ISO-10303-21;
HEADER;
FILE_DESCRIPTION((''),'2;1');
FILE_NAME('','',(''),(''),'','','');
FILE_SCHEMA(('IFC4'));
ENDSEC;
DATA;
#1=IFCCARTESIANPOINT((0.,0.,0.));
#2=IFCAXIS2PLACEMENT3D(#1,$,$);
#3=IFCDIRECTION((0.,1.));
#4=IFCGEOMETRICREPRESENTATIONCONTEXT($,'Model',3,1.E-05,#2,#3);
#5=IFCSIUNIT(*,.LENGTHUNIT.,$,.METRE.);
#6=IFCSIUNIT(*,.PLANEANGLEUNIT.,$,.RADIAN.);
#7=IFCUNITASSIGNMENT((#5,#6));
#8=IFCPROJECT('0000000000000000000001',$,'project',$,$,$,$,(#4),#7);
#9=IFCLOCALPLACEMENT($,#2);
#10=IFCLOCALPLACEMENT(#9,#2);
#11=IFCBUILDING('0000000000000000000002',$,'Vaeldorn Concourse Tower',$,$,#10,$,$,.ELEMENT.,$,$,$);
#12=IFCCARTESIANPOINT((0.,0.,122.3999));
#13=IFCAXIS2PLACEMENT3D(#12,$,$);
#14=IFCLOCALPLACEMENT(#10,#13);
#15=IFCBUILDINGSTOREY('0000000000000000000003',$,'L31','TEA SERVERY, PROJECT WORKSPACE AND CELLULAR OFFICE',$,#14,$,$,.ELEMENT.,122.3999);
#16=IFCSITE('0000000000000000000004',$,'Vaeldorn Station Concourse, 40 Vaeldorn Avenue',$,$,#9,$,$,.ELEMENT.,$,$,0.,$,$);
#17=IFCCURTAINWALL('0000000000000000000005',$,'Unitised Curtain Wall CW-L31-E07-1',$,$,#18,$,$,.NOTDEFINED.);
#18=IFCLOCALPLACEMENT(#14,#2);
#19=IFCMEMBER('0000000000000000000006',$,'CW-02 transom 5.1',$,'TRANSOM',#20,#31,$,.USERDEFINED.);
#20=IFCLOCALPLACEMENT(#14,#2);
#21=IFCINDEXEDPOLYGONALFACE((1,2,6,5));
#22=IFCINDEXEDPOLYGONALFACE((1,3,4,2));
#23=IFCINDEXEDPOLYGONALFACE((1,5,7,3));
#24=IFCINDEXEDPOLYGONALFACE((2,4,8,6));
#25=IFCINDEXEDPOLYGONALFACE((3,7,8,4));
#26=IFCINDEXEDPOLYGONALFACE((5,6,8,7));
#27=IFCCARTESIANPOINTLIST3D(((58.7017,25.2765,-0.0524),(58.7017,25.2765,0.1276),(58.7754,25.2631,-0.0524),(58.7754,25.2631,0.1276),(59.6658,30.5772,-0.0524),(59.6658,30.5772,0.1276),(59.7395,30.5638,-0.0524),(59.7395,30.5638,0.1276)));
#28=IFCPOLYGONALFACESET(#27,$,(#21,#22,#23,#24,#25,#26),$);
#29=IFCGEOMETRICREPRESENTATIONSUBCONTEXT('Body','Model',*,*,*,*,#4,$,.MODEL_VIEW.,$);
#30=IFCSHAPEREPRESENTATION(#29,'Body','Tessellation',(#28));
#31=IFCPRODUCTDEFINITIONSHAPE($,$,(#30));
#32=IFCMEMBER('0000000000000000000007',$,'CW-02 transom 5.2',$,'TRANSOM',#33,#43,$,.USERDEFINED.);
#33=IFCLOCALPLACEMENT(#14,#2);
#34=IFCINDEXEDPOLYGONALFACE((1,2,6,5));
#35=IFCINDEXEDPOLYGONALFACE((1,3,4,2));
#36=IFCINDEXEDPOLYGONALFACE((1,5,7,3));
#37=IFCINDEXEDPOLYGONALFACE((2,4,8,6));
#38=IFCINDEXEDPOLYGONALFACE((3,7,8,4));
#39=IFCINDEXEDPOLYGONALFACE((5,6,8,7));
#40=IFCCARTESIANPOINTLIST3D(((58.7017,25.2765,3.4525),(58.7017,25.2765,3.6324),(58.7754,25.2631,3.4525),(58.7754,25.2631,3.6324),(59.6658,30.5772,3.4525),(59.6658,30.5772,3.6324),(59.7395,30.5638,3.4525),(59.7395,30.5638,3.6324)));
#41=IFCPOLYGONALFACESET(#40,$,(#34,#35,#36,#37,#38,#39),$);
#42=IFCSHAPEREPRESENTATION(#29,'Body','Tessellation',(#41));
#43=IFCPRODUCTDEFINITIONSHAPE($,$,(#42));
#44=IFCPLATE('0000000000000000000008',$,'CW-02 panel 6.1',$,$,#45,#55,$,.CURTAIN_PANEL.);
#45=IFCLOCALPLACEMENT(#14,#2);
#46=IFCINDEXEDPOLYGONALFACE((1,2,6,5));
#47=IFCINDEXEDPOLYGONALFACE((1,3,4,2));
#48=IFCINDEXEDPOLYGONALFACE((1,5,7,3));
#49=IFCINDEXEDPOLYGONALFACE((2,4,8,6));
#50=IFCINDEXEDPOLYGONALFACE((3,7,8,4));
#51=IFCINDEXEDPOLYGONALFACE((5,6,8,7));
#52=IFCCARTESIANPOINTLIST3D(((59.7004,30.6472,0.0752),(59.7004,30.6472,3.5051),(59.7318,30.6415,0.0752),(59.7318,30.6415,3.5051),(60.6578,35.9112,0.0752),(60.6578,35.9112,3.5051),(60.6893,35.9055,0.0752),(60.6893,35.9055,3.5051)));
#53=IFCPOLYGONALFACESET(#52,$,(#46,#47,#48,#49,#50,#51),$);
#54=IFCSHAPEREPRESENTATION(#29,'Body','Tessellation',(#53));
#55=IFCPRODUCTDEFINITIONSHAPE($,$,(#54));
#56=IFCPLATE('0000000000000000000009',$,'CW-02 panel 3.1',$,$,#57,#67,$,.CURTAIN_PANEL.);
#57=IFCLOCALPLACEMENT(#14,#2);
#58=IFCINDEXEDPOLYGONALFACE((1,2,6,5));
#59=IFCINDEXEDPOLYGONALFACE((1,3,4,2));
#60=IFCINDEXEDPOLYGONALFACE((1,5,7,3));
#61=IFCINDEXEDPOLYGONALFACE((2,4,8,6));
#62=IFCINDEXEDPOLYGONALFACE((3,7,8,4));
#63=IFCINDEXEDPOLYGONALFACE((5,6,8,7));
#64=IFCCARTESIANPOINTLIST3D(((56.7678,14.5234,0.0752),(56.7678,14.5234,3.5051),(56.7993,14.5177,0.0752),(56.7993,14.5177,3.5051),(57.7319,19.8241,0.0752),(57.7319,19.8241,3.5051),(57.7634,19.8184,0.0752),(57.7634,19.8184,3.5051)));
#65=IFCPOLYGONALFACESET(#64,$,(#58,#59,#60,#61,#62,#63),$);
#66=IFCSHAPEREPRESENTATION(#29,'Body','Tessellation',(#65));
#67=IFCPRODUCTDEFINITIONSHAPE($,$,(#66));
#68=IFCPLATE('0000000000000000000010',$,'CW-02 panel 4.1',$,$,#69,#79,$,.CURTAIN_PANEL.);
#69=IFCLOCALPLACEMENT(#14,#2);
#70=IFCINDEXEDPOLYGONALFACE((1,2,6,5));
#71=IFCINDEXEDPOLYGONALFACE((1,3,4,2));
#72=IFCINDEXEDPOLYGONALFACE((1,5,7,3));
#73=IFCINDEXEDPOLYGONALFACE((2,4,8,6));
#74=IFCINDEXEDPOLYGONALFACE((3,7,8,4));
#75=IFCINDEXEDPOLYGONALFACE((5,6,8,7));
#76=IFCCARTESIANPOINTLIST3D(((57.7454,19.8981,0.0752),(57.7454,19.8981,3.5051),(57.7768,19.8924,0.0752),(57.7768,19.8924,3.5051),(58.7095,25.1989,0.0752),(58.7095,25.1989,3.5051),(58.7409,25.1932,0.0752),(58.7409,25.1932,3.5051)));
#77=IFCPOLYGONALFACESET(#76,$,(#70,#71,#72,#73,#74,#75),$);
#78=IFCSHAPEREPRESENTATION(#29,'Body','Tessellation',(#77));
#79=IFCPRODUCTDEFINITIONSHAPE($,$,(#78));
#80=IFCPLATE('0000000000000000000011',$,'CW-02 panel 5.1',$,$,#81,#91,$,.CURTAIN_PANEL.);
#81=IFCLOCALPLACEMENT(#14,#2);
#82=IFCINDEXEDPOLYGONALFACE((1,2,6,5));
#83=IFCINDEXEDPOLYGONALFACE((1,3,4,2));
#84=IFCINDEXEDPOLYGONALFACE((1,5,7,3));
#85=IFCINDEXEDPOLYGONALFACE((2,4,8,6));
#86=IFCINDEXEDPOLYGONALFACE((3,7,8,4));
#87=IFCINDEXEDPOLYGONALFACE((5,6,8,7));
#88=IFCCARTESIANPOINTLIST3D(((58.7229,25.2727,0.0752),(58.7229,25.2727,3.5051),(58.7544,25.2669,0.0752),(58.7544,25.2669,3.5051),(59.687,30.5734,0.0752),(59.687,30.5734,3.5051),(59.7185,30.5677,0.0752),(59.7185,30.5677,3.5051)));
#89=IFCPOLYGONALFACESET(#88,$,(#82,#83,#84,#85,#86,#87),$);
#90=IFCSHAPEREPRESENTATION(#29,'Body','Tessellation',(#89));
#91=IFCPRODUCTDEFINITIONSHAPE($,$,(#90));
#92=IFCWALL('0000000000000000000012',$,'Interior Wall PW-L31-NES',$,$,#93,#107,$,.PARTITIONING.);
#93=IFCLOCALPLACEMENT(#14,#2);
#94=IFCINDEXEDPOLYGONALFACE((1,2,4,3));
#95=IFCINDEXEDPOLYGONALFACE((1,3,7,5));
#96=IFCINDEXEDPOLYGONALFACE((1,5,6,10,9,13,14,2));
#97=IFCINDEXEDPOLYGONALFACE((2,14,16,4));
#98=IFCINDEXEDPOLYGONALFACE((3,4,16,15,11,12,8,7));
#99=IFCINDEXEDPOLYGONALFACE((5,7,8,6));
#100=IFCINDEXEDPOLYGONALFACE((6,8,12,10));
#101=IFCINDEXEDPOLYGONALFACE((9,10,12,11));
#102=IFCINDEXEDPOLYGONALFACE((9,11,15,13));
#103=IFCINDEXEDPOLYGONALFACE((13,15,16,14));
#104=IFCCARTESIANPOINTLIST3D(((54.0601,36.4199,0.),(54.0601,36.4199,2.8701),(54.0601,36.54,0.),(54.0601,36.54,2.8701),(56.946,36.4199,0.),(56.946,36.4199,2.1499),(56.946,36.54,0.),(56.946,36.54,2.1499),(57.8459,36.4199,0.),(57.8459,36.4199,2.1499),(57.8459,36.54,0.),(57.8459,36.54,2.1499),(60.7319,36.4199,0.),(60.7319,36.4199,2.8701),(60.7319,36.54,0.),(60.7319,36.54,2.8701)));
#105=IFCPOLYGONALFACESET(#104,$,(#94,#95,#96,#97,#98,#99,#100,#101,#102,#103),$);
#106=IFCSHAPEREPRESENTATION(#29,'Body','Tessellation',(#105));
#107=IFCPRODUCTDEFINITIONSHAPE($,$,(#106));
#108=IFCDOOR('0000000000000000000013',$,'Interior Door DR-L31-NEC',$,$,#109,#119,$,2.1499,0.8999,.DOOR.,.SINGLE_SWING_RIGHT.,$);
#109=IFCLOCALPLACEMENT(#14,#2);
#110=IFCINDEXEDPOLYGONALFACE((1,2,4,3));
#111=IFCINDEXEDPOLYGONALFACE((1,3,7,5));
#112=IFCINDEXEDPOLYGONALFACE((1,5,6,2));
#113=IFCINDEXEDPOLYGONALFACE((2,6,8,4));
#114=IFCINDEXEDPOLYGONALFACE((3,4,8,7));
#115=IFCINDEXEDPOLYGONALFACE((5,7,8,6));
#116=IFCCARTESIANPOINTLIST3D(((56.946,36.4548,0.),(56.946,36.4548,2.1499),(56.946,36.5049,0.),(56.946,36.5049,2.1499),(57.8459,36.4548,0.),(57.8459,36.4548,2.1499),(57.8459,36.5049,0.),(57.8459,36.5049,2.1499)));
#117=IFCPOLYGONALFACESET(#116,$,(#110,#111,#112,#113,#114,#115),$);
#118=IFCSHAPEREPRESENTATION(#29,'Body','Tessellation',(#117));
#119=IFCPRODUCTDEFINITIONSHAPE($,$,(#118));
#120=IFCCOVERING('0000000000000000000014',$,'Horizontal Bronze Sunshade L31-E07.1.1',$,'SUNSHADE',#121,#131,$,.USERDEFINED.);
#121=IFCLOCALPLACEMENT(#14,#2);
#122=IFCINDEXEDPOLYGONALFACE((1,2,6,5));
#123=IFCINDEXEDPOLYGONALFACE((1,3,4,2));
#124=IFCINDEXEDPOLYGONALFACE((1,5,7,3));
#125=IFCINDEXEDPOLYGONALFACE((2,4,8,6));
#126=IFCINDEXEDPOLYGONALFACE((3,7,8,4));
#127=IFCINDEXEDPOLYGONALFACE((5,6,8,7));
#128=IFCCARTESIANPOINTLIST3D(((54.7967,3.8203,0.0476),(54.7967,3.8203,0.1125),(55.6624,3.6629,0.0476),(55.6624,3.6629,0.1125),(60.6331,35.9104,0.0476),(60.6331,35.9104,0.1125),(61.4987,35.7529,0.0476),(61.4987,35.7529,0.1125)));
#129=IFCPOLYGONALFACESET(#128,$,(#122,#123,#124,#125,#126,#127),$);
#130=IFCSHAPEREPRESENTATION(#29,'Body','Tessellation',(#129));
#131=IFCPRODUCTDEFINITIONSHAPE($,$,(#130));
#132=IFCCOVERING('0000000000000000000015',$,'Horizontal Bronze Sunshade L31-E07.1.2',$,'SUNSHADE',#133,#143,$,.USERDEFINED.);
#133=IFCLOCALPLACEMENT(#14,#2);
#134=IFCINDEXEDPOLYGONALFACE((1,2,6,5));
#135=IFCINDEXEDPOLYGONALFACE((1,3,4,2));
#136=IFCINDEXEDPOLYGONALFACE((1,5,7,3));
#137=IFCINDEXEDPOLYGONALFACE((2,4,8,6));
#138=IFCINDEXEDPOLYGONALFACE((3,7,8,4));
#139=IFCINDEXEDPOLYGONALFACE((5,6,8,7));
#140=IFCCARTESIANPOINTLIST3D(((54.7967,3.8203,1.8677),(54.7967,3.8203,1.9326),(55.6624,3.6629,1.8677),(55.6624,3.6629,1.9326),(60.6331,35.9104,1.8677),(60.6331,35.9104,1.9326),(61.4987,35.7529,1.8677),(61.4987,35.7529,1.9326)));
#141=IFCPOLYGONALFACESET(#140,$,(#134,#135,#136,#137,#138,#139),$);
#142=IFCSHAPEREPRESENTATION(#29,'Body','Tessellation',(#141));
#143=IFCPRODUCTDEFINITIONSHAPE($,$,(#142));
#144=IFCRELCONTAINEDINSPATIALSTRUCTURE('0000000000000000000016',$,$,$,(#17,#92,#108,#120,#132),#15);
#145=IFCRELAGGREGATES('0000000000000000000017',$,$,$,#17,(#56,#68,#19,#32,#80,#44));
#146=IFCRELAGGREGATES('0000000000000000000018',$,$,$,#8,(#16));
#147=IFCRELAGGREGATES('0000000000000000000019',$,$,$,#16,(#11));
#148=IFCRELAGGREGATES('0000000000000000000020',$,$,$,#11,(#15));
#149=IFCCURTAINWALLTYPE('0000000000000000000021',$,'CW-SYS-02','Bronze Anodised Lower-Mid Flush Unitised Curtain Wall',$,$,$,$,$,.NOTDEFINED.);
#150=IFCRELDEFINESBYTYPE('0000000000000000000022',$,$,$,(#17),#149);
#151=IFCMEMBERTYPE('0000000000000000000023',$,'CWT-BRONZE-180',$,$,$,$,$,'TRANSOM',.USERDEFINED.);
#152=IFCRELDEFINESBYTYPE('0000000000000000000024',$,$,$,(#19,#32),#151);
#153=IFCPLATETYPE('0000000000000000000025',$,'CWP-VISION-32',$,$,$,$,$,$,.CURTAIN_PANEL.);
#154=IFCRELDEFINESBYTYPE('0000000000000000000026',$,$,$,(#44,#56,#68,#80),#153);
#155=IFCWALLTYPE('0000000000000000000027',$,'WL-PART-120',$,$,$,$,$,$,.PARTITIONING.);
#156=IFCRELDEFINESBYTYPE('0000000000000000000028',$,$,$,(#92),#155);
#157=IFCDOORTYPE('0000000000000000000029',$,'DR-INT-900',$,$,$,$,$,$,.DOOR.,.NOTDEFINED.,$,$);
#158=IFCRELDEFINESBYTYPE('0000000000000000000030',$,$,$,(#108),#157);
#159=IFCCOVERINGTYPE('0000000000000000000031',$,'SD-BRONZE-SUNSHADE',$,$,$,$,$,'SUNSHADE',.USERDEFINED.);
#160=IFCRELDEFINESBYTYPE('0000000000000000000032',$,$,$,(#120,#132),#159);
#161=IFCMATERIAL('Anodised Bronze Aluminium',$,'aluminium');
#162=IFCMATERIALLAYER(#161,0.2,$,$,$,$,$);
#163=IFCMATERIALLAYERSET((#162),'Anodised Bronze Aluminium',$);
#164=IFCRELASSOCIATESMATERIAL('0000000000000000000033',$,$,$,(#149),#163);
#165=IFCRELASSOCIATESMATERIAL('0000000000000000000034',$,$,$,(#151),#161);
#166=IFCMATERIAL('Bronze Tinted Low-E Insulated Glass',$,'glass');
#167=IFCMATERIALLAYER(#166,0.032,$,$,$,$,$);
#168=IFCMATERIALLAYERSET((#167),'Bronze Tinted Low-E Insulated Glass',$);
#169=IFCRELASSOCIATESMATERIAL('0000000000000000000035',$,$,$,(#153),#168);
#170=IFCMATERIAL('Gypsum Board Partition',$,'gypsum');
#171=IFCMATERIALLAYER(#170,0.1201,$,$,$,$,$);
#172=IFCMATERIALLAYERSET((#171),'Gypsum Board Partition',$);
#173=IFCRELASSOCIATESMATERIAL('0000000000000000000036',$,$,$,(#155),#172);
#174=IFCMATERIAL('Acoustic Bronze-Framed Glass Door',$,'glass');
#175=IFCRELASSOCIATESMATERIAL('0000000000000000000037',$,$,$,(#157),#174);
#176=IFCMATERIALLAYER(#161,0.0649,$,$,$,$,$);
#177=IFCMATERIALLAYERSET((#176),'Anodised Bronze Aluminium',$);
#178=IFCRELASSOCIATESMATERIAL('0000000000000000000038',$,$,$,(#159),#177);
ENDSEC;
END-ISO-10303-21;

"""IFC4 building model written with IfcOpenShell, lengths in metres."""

from ifc_helpers import new_model, si_unit, direction, frame, frame_2d, origin, origin_2d, place, context, subcontext, project, spatial, rectangle, extrude, source, transform, mapped, material, layer, layer_set, material_profile, profile_set, type_object, element, fill, aggregate, save


model = new_model("IFC4")

# Units and contexts
model_context = context("Model", 3, precision=1e-05, world=origin(), true_north=direction((0.0, 1.0)))
body_context = subcontext(model_context, "Body", "Model", "MODEL_VIEW")
ifc_project = project(units=[si_unit("LENGTHUNIT", "METRE"), si_unit("PLANEANGLEUNIT", "RADIAN")], contexts=[model_context])

# Site, building, storey
site_placement = place(None, origin())
site = spatial("IfcSite", under=ifc_project, at=site_placement, Name="Vaeldorn Station Concourse, 40 Vaeldorn Avenue", CompositionType="ELEMENT", RefElevation=0.0)
building_placement = place(site_placement, origin())
building = spatial("IfcBuilding", under=site, at=building_placement, Name="Vaeldorn Concourse Tower", CompositionType="ELEMENT")
storey_placement = place(building_placement, frame((0.0, 0.0, 122.3999)))
storey = spatial("IfcBuildingStorey", under=building, at=storey_placement, Name="L31", Description="TEA SERVERY, PROJECT WORKSPACE AND CELLULAR OFFICE", CompositionType="ELEMENT", Elevation=122.3999)

# Curtain wall, members, plates
ifc_material_1 = material(Name="Anodised Bronze Aluminium", Category="aluminium")
ifc_layer_1 = layer(ifc_material_1, 0.2)
ifc_layer_set_1 = layer_set([ifc_layer_1], Name="Anodised Bronze Aluminium")
curtain_wall_type = type_object("IfcCurtainWallType", Name="CW-SYS-02", Description="Bronze Anodised Lower-Mid Flush Unitised Curtain Wall", PredefinedType="NOTDEFINED", material=ifc_layer_set_1)
curtain_wall_placement = place(storey_placement, origin())
curtain_wall = element("IfcCurtainWall", 1, at=curtain_wall_placement, inside=storey, type_object=curtain_wall_type, Name="Unitised Curtain Wall CW-L31-E07-1", PredefinedType="NOTDEFINED")
ifc_material_profile_1 = material_profile(ifc_material_1, rectangle(XDim=0.075, YDim=0.1799, at=origin_2d()), Name="CWT 75x180")
ifc_profile_set_1 = profile_set([ifc_material_profile_1], Name="Anodised Bronze Aluminium")
member_type_1 = type_object("IfcMemberType", Name="CWT-BRONZE-180", ElementType="TRANSOM", PredefinedType="USERDEFINED", material=ifc_profile_set_1)
shared_shape_1 = source(origin(), body_context, "Body", "SweptSolid", [
    extrude(rectangle(XDim=0.075, YDim=0.1799, at=origin_2d()), origin(), (0.0, 0.0, 1.0), 5.3877),
])
member_1_placement = place(storey_placement, frame((58.7385, 25.2698, 0.0376), z_axis=(0.178945, 0.983859, 0.0), x_axis=(-0.983859, 0.178945, 0.0)))
member_1 = element("IfcMember", 2, at=member_1_placement, type_object=member_type_1, Name="CW-02 transom 5.1", ObjectType="TRANSOM", PredefinedType="USERDEFINED", context=body_context, shape_type="MappedRepresentation", body=[
    mapped(shared_shape_1, transform((0.0, 0.0, 0.0), scale=1.0)),
])
member_2_placement = place(storey_placement, frame((58.7385, 25.2698, 3.5425), z_axis=(0.178945, 0.983859, 0.0), x_axis=(-0.983859, 0.178945, 0.0)))
member_2 = element("IfcMember", 3, at=member_2_placement, type_object=member_type_1, Name="CW-02 transom 5.2", ObjectType="TRANSOM", PredefinedType="USERDEFINED", context=body_context, shape_type="MappedRepresentation", body=[
    mapped(shared_shape_1, transform((0.0, 0.0, 0.0), scale=1.0)),
])
ifc_material_2 = material(Name="Bronze Tinted Low-E Insulated Glass", Category="glass")
ifc_layer_2 = layer(ifc_material_2, 0.032)
ifc_layer_set_2 = layer_set([ifc_layer_2], Name="Bronze Tinted Low-E Insulated Glass")
plate_type = type_object("IfcPlateType", Name="CWP-VISION-32", PredefinedType="CURTAIN_PANEL", material=ifc_layer_set_2)
shared_shape_2 = source(origin(), body_context, "Body", "SweptSolid", [
    extrude(rectangle(XDim=5.3503, YDim=0.032, at=origin_2d()), origin(), (0.0, 0.0, 1.0), 3.4299),
])
plate_1_placement = place(storey_placement, frame((60.1948, 33.2764, 0.0752), z_axis=(0.0, 0.0, 1.0), x_axis=(0.178945, 0.983859, 0.0)))
plate_1 = element("IfcPlate", 4, at=plate_1_placement, type_object=plate_type, Name="CW-02 panel 6.1", PredefinedType="CURTAIN_PANEL", context=body_context, shape_type="MappedRepresentation", body=[
    mapped(shared_shape_2, transform((0.0, 0.0, 0.0), scale=1.0)),
])
shared_shape_3 = source(origin(), body_context, "Body", "SweptSolid", [
    extrude(rectangle(XDim=5.3877, YDim=0.032, at=origin_2d()), origin(), (0.0, 0.0, 1.0), 3.4299),
])
plate_2_placement = place(storey_placement, frame((57.2656, 17.1709, 0.0752), z_axis=(0.0, 0.0, 1.0), x_axis=(0.178945, 0.983859, 0.0)))
plate_2 = element("IfcPlate", 5, at=plate_2_placement, type_object=plate_type, Name="CW-02 panel 3.1", PredefinedType="CURTAIN_PANEL", context=body_context, shape_type="MappedRepresentation", body=[
    mapped(shared_shape_3, transform((0.0, 0.0, 0.0), scale=1.0)),
])
plate_3_placement = place(storey_placement, frame((58.2432, 22.5457, 0.0752), z_axis=(0.0, 0.0, 1.0), x_axis=(0.178945, 0.983859, 0.0)))
plate_3 = element("IfcPlate", 6, at=plate_3_placement, type_object=plate_type, Name="CW-02 panel 4.1", PredefinedType="CURTAIN_PANEL", context=body_context, shape_type="MappedRepresentation", body=[
    mapped(shared_shape_3, transform((0.0, 0.0, 0.0), scale=1.0)),
])
plate_4_placement = place(storey_placement, frame((59.2207, 27.9202, 0.0752), z_axis=(0.0, 0.0, 1.0), x_axis=(0.178945, 0.983859, 0.0)))
plate_4 = element("IfcPlate", 7, at=plate_4_placement, type_object=plate_type, Name="CW-02 panel 5.1", PredefinedType="CURTAIN_PANEL", context=body_context, shape_type="MappedRepresentation", body=[
    mapped(shared_shape_3, transform((0.0, 0.0, 0.0), scale=1.0)),
])
aggregate(curtain_wall, [plate_2, plate_3, member_1, member_2, plate_4, plate_1])

# Wall, opening, door
ifc_material_3 = material(Name="Gypsum Board Partition", Category="gypsum")
ifc_layer_3 = layer(ifc_material_3, 0.1201)
ifc_layer_set_3 = layer_set([ifc_layer_3], Name="Gypsum Board Partition")
wall_type = type_object("IfcWallType", Name="WL-PART-120", PredefinedType="PARTITIONING", material=ifc_layer_set_3)
wall_placement = place(storey_placement, frame((54.0601, 36.48, 0.0), z_axis=(0.0, 0.0, 1.0), x_axis=(1.0, 0.0, 0.0)))
wall = element("IfcWall", 8, at=wall_placement, inside=storey, type_object=wall_type, Name="Interior Wall PW-L31-NES", PredefinedType="PARTITIONING", context=body_context, shape_type="SweptSolid", body=[
    extrude(rectangle(XDim=6.6719, YDim=0.1201, at=frame_2d((3.3359, 0.0))), origin(), (0.0, 0.0, 1.0), 2.8701),
])
opening_placement = place(wall_placement, frame((2.886, 0.0, 0.0)))
opening = element("IfcOpeningElement", 9, at=opening_placement, cuts=wall, PredefinedType="OPENING", context=body_context, shape_type="SweptSolid", body=[
    extrude(rectangle(XDim=0.8999, YDim=2.1499, at=frame_2d((0.45, 1.075))), frame((0.0, 0.0701, 0.0), z_axis=(0.0, -1.0, 0.0), x_axis=(1.0, 0.0, 0.0)), (0.0, 0.0, 1.0), 0.1401),
])
ifc_material_4 = material(Name="Acoustic Bronze-Framed Glass Door", Category="glass")
door_type = type_object("IfcDoorType", Name="DR-INT-900", OperationType="NOTDEFINED", PredefinedType="DOOR", material=ifc_material_4)
shared_shape_4 = source(origin(), body_context, "Body", "SweptSolid", [
    extrude(rectangle(XDim=0.8999, YDim=2.1499, at=frame_2d((0.45, 1.075))), frame((0.0, 0.0249, 0.0), z_axis=(0.0, -1.0, 0.0), x_axis=(1.0, 0.0, 0.0)), (0.0, 0.0, 1.0), 0.05),
])
door_placement = place(opening_placement, origin())
door = element("IfcDoor", 10, at=door_placement, inside=storey, type_object=door_type, Name="Interior Door DR-L31-NEC", OperationType="SINGLE_SWING_RIGHT", OverallHeight=2.1499, OverallWidth=0.8999, PredefinedType="DOOR", context=body_context, shape_type="MappedRepresentation", body=[
    mapped(shared_shape_4, transform((0.0, 0.0, 0.0), scale=1.0)),
])
fill(opening, door)

# Coverings
ifc_layer_4 = layer(ifc_material_1, 0.0649)
ifc_layer_set_4 = layer_set([ifc_layer_4], Name="Anodised Bronze Aluminium")
covering_type = type_object("IfcCoveringType", Name="SD-BRONZE-SUNSHADE", ElementType="SUNSHADE", PredefinedType="USERDEFINED", material=ifc_layer_set_4)
shared_shape_5 = source(origin(), body_context, "Body", "SweptSolid", [
    extrude(rectangle(XDim=32.6165, YDim=0.8799, at=origin_2d()), origin(), (0.0, 0.0, 1.0), 0.0649),
])
for number, where, z_axis, x_axis, name in (
    (11, (58.1477, 19.7866, 0.0476), (0.0, 0.0, 1.0), (0.17894, 0.98386, 0.0), "Horizontal Bronze Sunshade L31-E07.1.1"),
    (12, (58.1477, 19.7866, 1.8677), (0.0, 0.0, 1.0), (0.17894, 0.98386, 0.0), "Horizontal Bronze Sunshade L31-E07.1.2"),
):
    element("IfcCovering", number, at=place(storey_placement, frame(where, z_axis=z_axis, x_axis=x_axis)), inside=storey, type_object=covering_type, Name=name, ObjectType="SUNSHADE", PredefinedType="USERDEFINED", context=body_context, shape_type="MappedRepresentation", body=[
        mapped(shared_shape_5, transform((0.0, 0.0, 0.0), scale=1.0)),
    ])

save(model, "model.ifc")
